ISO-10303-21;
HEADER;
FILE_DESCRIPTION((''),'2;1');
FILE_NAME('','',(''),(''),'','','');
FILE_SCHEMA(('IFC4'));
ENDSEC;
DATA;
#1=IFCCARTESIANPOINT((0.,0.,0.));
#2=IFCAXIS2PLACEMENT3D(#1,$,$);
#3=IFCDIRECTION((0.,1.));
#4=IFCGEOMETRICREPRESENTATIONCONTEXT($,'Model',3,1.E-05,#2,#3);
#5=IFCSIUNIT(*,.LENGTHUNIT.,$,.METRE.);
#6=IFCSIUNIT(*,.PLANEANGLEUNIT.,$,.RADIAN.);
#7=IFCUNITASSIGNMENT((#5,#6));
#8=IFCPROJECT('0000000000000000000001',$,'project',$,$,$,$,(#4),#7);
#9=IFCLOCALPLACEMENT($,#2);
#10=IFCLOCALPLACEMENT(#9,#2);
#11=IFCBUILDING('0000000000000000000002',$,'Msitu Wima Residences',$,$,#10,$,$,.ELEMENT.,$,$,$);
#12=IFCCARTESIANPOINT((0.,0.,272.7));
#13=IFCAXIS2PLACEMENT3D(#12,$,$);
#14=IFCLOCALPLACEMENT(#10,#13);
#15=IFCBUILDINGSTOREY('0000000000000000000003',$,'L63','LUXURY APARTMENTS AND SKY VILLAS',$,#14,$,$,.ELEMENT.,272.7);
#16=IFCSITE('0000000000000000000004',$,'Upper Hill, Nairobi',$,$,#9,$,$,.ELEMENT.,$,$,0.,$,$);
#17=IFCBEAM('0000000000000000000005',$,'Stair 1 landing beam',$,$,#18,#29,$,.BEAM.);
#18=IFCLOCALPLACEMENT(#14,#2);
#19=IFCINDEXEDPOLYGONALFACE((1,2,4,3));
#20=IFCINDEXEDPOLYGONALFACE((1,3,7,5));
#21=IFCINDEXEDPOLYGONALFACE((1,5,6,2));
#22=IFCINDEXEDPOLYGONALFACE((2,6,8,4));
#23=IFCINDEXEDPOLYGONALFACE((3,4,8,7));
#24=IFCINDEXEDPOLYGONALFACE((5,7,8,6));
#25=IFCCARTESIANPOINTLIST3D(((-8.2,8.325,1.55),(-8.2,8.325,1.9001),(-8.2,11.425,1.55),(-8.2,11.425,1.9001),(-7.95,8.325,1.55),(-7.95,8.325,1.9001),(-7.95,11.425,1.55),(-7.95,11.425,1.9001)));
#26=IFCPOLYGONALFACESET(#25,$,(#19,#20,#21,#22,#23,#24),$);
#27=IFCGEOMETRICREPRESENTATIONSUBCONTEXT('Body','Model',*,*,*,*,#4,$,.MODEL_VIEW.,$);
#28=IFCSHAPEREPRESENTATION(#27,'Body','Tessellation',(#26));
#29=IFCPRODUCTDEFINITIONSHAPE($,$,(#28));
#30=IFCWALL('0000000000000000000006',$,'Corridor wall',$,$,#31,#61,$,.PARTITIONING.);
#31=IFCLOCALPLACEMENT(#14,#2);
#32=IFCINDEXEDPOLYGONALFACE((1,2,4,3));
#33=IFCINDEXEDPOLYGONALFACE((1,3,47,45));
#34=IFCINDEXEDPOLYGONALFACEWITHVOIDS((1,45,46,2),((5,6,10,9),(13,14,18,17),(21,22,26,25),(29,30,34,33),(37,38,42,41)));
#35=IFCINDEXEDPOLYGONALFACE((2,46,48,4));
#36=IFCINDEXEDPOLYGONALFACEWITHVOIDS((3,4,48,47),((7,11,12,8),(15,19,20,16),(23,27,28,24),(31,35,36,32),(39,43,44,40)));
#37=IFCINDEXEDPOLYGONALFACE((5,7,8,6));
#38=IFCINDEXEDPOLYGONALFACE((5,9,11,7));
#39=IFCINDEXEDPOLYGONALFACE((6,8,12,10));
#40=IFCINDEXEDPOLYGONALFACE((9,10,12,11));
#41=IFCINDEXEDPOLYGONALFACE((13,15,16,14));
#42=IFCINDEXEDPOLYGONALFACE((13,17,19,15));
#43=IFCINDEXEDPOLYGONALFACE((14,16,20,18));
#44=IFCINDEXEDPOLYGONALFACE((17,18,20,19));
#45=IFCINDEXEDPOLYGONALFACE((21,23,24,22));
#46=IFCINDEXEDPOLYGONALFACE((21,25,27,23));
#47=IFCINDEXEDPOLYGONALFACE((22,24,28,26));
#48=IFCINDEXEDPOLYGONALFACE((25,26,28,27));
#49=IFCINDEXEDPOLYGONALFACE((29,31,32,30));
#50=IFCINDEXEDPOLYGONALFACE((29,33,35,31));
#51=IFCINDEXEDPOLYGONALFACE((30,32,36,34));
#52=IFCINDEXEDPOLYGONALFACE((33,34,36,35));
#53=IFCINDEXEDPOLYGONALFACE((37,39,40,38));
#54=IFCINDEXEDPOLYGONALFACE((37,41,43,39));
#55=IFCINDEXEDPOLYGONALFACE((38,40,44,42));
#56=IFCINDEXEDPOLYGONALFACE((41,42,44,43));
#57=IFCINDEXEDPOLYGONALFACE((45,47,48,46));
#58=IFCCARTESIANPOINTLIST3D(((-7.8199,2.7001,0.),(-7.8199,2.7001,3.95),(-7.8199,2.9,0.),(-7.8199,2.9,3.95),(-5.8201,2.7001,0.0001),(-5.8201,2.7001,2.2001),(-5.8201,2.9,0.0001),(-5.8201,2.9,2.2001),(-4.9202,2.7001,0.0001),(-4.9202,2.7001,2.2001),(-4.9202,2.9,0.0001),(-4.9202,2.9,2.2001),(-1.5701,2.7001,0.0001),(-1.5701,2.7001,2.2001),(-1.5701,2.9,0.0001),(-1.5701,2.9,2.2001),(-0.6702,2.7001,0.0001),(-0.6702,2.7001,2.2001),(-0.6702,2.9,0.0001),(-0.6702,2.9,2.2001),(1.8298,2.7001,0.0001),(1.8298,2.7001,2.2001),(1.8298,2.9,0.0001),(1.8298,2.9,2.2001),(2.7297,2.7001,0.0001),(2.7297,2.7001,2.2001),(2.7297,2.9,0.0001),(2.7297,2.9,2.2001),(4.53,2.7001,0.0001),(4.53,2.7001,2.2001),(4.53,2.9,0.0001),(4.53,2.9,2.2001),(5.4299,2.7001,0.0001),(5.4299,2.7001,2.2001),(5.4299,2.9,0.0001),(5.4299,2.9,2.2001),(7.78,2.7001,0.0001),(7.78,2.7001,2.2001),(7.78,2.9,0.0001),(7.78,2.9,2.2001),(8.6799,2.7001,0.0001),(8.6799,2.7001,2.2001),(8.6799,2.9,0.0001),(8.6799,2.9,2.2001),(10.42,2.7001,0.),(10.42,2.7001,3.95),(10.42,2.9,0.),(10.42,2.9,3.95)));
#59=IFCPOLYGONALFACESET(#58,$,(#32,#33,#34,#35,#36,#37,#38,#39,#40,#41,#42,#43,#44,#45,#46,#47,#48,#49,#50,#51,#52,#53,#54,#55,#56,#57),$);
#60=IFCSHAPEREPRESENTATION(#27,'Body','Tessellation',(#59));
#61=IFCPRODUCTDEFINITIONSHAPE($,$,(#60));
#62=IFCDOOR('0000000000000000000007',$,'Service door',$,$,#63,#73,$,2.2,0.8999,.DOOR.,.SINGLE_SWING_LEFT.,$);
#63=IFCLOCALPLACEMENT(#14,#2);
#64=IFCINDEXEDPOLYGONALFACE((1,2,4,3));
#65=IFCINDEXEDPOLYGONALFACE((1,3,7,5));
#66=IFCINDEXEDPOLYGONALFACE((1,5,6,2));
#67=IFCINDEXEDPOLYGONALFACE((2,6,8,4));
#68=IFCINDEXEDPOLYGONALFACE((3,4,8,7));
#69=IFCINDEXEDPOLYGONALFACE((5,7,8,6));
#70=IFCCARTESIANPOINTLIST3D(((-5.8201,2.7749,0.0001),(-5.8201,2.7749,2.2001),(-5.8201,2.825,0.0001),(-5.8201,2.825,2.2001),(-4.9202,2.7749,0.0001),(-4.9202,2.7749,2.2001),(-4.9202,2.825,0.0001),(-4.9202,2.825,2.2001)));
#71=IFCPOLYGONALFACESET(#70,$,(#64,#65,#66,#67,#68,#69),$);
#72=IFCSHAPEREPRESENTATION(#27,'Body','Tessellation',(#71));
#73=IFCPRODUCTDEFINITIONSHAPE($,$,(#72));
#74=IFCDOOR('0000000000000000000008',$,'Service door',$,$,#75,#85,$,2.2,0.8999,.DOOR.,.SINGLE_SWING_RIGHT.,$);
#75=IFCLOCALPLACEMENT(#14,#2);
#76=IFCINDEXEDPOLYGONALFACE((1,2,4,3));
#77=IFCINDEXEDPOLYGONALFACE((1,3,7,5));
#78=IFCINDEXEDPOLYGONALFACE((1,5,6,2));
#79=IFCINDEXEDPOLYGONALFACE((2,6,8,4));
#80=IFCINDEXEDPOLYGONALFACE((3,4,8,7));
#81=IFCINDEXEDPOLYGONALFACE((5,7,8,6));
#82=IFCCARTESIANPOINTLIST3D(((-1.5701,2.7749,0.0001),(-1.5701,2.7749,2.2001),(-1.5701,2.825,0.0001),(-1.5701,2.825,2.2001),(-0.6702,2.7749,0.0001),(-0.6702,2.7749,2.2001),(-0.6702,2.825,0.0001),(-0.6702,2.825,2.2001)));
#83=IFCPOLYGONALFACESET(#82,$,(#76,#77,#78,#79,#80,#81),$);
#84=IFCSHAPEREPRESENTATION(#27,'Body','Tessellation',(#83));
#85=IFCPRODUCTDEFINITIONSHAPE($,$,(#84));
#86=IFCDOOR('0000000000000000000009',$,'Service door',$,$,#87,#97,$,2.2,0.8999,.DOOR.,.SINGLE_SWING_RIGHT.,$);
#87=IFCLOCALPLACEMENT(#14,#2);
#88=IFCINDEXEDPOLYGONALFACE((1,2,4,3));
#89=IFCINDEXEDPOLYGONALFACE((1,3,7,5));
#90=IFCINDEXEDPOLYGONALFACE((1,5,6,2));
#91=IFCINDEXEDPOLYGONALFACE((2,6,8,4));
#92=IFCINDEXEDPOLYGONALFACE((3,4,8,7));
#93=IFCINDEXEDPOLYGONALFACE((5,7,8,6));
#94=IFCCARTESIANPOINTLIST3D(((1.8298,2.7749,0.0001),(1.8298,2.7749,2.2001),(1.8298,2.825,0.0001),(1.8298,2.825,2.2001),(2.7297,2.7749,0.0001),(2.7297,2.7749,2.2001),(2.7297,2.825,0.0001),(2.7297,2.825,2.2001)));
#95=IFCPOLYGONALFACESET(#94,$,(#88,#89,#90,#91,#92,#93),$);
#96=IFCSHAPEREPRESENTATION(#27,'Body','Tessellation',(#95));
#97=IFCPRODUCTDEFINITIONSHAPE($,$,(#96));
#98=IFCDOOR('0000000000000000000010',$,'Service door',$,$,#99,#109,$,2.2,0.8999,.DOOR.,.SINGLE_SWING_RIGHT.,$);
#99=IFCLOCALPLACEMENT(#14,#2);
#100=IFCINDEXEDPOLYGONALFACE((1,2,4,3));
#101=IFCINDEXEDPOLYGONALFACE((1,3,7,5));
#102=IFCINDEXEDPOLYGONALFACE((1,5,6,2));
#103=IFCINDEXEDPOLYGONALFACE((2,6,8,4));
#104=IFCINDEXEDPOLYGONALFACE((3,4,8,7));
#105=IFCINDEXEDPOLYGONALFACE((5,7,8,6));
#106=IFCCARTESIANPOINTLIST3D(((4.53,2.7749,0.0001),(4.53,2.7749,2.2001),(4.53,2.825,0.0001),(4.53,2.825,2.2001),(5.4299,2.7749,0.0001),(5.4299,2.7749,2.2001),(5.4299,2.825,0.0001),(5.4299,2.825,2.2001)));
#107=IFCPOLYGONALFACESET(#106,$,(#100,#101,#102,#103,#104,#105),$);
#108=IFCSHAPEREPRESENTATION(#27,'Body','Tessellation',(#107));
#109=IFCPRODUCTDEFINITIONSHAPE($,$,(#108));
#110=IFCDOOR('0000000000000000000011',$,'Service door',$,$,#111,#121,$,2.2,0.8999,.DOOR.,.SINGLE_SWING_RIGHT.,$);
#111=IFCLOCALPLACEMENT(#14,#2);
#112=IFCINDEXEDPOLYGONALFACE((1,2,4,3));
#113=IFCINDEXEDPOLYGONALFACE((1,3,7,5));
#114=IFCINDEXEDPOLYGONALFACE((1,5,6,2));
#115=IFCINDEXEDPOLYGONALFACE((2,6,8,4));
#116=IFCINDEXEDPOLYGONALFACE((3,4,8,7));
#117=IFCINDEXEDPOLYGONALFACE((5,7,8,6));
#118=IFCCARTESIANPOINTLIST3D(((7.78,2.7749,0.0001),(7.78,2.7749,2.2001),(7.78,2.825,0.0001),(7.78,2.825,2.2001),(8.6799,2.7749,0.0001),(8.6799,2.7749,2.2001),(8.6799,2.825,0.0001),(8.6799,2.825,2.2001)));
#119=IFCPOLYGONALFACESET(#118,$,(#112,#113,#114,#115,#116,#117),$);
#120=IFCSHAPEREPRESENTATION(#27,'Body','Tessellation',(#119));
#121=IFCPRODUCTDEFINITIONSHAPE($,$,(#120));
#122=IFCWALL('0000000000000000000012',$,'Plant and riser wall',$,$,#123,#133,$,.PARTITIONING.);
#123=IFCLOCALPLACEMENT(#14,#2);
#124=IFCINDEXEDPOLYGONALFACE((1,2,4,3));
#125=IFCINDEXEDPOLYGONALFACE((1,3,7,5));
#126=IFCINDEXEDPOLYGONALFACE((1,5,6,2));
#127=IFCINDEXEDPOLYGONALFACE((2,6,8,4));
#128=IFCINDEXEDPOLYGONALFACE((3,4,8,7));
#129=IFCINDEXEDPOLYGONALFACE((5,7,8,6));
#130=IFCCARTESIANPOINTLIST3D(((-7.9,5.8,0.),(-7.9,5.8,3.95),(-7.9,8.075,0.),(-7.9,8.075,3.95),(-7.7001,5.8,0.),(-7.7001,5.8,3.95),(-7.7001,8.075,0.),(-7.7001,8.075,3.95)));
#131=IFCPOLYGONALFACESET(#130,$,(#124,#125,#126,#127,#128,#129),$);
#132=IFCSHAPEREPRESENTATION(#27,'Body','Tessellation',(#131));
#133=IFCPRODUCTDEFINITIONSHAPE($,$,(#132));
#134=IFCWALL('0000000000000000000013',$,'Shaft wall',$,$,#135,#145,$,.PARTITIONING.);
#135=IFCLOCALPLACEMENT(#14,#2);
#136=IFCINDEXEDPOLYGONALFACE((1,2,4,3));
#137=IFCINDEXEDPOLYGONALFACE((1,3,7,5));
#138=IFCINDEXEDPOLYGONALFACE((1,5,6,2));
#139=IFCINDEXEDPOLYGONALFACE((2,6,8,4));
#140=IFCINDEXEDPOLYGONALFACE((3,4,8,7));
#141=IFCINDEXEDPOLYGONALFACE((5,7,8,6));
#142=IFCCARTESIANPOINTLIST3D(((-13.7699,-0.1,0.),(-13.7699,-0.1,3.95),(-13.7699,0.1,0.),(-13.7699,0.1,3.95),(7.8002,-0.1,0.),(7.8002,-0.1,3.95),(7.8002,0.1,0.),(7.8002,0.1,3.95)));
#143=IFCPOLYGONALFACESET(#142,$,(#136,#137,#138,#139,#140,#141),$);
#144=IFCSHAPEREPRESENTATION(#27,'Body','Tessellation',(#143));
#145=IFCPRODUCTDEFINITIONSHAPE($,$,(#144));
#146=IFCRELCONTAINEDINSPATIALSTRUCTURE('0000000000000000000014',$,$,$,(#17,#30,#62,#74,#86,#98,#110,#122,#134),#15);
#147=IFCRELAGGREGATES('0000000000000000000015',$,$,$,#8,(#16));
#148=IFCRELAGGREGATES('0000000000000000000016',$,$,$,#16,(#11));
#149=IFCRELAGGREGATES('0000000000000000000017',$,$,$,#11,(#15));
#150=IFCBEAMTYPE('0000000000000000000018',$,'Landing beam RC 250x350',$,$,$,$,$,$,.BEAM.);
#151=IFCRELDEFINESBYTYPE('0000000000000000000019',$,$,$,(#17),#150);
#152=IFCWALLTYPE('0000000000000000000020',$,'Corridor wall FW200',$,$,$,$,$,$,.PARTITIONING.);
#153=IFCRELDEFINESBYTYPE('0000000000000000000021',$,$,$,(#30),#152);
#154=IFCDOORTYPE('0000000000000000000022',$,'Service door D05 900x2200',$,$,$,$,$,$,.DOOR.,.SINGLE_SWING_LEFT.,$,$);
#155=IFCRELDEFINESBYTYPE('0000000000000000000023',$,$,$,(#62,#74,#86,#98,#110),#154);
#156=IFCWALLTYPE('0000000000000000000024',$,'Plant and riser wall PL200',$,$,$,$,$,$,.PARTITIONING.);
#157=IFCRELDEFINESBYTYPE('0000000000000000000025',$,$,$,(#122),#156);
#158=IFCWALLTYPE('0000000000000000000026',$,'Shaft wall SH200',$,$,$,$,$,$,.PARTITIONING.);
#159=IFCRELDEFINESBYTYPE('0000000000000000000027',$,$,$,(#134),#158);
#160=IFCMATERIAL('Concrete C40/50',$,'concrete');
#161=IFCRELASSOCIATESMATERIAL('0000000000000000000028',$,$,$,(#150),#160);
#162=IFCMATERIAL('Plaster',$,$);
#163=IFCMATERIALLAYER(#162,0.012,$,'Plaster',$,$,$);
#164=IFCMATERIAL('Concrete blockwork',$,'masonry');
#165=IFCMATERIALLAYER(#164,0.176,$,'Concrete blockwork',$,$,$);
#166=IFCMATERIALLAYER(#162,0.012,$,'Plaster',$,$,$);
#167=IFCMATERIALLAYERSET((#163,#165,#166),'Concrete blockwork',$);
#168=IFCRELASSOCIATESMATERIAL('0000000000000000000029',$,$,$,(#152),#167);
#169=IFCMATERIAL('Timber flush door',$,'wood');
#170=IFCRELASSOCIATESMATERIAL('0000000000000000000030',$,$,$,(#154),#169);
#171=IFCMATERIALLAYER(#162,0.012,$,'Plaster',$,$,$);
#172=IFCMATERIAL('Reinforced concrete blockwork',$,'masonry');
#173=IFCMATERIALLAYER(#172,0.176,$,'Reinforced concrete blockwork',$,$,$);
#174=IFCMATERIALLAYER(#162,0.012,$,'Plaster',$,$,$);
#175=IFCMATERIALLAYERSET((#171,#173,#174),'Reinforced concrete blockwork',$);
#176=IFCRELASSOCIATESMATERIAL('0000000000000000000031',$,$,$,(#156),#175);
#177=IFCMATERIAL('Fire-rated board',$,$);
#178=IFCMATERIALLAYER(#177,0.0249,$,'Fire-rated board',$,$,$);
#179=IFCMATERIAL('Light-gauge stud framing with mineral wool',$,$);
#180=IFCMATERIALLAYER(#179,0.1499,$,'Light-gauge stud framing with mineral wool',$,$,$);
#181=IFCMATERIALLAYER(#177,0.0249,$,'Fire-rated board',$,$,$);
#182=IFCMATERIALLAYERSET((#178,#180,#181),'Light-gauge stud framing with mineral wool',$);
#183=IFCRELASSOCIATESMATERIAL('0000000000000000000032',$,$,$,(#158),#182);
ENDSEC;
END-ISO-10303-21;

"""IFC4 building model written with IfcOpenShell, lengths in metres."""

from ifc_helpers import new_model, si_unit, direction, frame, frame_2d, origin, origin_2d, place, context, subcontext, project, spatial, rectangle, extrude, material, layer, layer_set, material_profile, profile_set, type_object, element, fill, save


model = new_model("IFC4")

# Units and contexts
model_context = context("Model", 3, precision=1e-05, world=origin(), true_north=direction((0.0, 1.0)))
body_context = subcontext(model_context, "Body", "Model", "MODEL_VIEW")
ifc_project = project(units=[si_unit("LENGTHUNIT", "METRE"), si_unit("PLANEANGLEUNIT", "RADIAN")], contexts=[model_context])

# Site, building, storey
site_placement = place(None, origin())
site = spatial("IfcSite", under=ifc_project, at=site_placement, Name="Upper Hill, Nairobi", CompositionType="ELEMENT", RefElevation=0.0)
building_placement = place(site_placement, origin())
building = spatial("IfcBuilding", under=site, at=building_placement, Name="Msitu Wima Residences", CompositionType="ELEMENT")
storey_placement = place(building_placement, frame((0.0, 0.0, 272.7)))
storey = spatial("IfcBuildingStorey", under=building, at=storey_placement, Name="L63", Description="LUXURY APARTMENTS AND SKY VILLAS", CompositionType="ELEMENT", Elevation=272.7)

# Beam
ifc_material_1 = material(Name="Concrete C40/50", Category="concrete")
ifc_material_profile = material_profile(ifc_material_1, rectangle(XDim=0.25, YDim=0.3501, at=origin_2d()), Name="RC 250x350")
ifc_profile_set = profile_set([ifc_material_profile], Name="Concrete C40/50")
beam_type = type_object("IfcBeamType", Name="Landing beam RC 250x350", PredefinedType="BEAM", material=ifc_profile_set)
beam_placement = place(storey_placement, frame((-8.075, 8.325, 1.7251), z_axis=(0.0, 1.0, 0.0), x_axis=(-1.0, 0.0, 0.0)))
element("IfcBeam", 1, at=beam_placement, inside=storey, type_object=beam_type, Name="Stair 1 landing beam", PredefinedType="BEAM", context=body_context, shape_type="SweptSolid", body=[
    extrude(rectangle(XDim=0.25, YDim=0.3501, at=origin_2d()), origin(), (0.0, 0.0, 1.0), 3.1001),
])

# Wall, openings, doors
ifc_material_2 = material(Name="Plaster")
ifc_layer_1 = layer(ifc_material_2, 0.012, Name="Plaster")
ifc_material_3 = material(Name="Concrete blockwork", Category="masonry")
ifc_layer_2 = layer(ifc_material_3, 0.176, Name="Concrete blockwork")
ifc_layer_3 = layer(ifc_material_2, 0.012, Name="Plaster")
ifc_layer_set_1 = layer_set([ifc_layer_1, ifc_layer_2, ifc_layer_3], Name="Concrete blockwork")
wall_type_1 = type_object("IfcWallType", Name="Corridor wall FW200", PredefinedType="PARTITIONING", material=ifc_layer_set_1)
wall_1_placement = place(storey_placement, frame((-7.8201, 2.8, 0.0), z_axis=(0.0, 0.0, 1.0), x_axis=(1.0, 0.0, 0.0)))
wall_1 = element("IfcWall", 2, at=wall_1_placement, inside=storey, type_object=wall_type_1, Name="Corridor wall", PredefinedType="PARTITIONING", context=body_context, shape_type="SweptSolid", body=[
    extrude(rectangle(XDim=18.24, YDim=0.2, at=frame_2d((9.1201, 0.0))), origin(), (0.0, 0.0, 1.0), 3.95),
])
opening_1_placement = place(wall_1_placement, frame((2.0, 0.0, 0.0)))
opening_1 = element("IfcOpeningElement", 3, at=opening_1_placement, cuts=wall_1, PredefinedType="OPENING", context=body_context, shape_type="SweptSolid", body=[
    extrude(rectangle(XDim=0.8999, YDim=2.2, at=frame_2d((0.45, 1.1001))), frame((0.0, 0.1099, 0.0), z_axis=(0.0, -1.0, 0.0), x_axis=(1.0, 0.0, 0.0)), (0.0, 0.0, 1.0), 0.22),
])
opening_2_placement = place(wall_1_placement, frame((6.25, 0.0, 0.0)))
opening_2 = element("IfcOpeningElement", 4, at=opening_2_placement, cuts=wall_1, PredefinedType="OPENING", context=body_context, shape_type="SweptSolid", body=[
    extrude(rectangle(XDim=0.8999, YDim=2.2, at=frame_2d((0.45, 1.1001))), frame((0.0, 0.1099, 0.0), z_axis=(0.0, -1.0, 0.0), x_axis=(1.0, 0.0, 0.0)), (0.0, 0.0, 1.0), 0.22),
])
opening_3_placement = place(wall_1_placement, frame((9.6499, 0.0, 0.0)))
opening_3 = element("IfcOpeningElement", 5, at=opening_3_placement, cuts=wall_1, PredefinedType="OPENING", context=body_context, shape_type="SweptSolid", body=[
    extrude(rectangle(XDim=0.8999, YDim=2.2, at=frame_2d((0.45, 1.1001))), frame((0.0, 0.1099, 0.0), z_axis=(0.0, -1.0, 0.0), x_axis=(1.0, 0.0, 0.0)), (0.0, 0.0, 1.0), 0.22),
])
opening_4_placement = place(wall_1_placement, frame((12.3501, 0.0, 0.0)))
opening_4 = element("IfcOpeningElement", 6, at=opening_4_placement, cuts=wall_1, PredefinedType="OPENING", context=body_context, shape_type="SweptSolid", body=[
    extrude(rectangle(XDim=0.8999, YDim=2.2, at=frame_2d((0.45, 1.1001))), frame((0.0, 0.1099, 0.0), z_axis=(0.0, -1.0, 0.0), x_axis=(1.0, 0.0, 0.0)), (0.0, 0.0, 1.0), 0.22),
])
opening_5_placement = place(wall_1_placement, frame((15.6001, 0.0, 0.0)))
opening_5 = element("IfcOpeningElement", 7, at=opening_5_placement, cuts=wall_1, PredefinedType="OPENING", context=body_context, shape_type="SweptSolid", body=[
    extrude(rectangle(XDim=0.8999, YDim=2.2, at=frame_2d((0.45, 1.1001))), frame((0.0, 0.1099, 0.0), z_axis=(0.0, -1.0, 0.0), x_axis=(1.0, 0.0, 0.0)), (0.0, 0.0, 1.0), 0.22),
])
ifc_material_4 = material(Name="Timber flush door", Category="wood")
door_type_1 = type_object("IfcDoorType", Name="Service door D05 900x2200", OperationType="SINGLE_SWING_LEFT", PredefinedType="DOOR", material=ifc_material_4)
door_1_placement = place(opening_1_placement, origin())
door_1 = element("IfcDoor", 8, at=door_1_placement, inside=storey, type_object=door_type_1, Name="Service door", OperationType="SINGLE_SWING_LEFT", OverallHeight=2.2, OverallWidth=0.8999, PredefinedType="DOOR", context=body_context, shape_type="SweptSolid", body=[
    extrude(rectangle(XDim=0.8999, YDim=2.2, at=frame_2d((0.45, 1.1001))), frame((0.0, 0.0249, 0.0), z_axis=(0.0, -1.0, 0.0), x_axis=(1.0, 0.0, 0.0)), (0.0, 0.0, 1.0), 0.05),
])
fill(opening_1, door_1)
door_2_placement = place(opening_2_placement, origin())
door_2 = element("IfcDoor", 9, at=door_2_placement, inside=storey, type_object=door_type_1, Name="Service door", OperationType="SINGLE_SWING_RIGHT", OverallHeight=2.2, OverallWidth=0.8999, PredefinedType="DOOR", context=body_context, shape_type="SweptSolid", body=[
    extrude(rectangle(XDim=0.8999, YDim=2.2, at=frame_2d((0.45, 1.1001))), frame((0.0, 0.0249, 0.0), z_axis=(0.0, -1.0, 0.0), x_axis=(1.0, 0.0, 0.0)), (0.0, 0.0, 1.0), 0.05),
])
fill(opening_2, door_2)
door_3_placement = place(opening_3_placement, origin())
door_3 = element("IfcDoor", 10, at=door_3_placement, inside=storey, type_object=door_type_1, Name="Service door", OperationType="SINGLE_SWING_RIGHT", OverallHeight=2.2, OverallWidth=0.8999, PredefinedType="DOOR", context=body_context, shape_type="SweptSolid", body=[
    extrude(rectangle(XDim=0.8999, YDim=2.2, at=frame_2d((0.45, 1.1001))), frame((0.0, 0.0249, 0.0), z_axis=(0.0, -1.0, 0.0), x_axis=(1.0, 0.0, 0.0)), (0.0, 0.0, 1.0), 0.05),
])
fill(opening_3, door_3)
door_4_placement = place(opening_4_placement, origin())
door_4 = element("IfcDoor", 11, at=door_4_placement, inside=storey, type_object=door_type_1, Name="Service door", OperationType="SINGLE_SWING_RIGHT", OverallHeight=2.2, OverallWidth=0.8999, PredefinedType="DOOR", context=body_context, shape_type="SweptSolid", body=[
    extrude(rectangle(XDim=0.8999, YDim=2.2, at=frame_2d((0.45, 1.1001))), frame((0.0, 0.0249, 0.0), z_axis=(0.0, -1.0, 0.0), x_axis=(1.0, 0.0, 0.0)), (0.0, 0.0, 1.0), 0.05),
])
fill(opening_4, door_4)
door_5_placement = place(opening_5_placement, origin())
door_5 = element("IfcDoor", 12, at=door_5_placement, inside=storey, type_object=door_type_1, Name="Service door", OperationType="SINGLE_SWING_RIGHT", OverallHeight=2.2, OverallWidth=0.8999, PredefinedType="DOOR", context=body_context, shape_type="SweptSolid", body=[
    extrude(rectangle(XDim=0.8999, YDim=2.2, at=frame_2d((0.45, 1.1001))), frame((0.0, 0.0249, 0.0), z_axis=(0.0, -1.0, 0.0), x_axis=(1.0, 0.0, 0.0)), (0.0, 0.0, 1.0), 0.05),
])
fill(opening_5, door_5)

# Walls
ifc_layer_4 = layer(ifc_material_2, 0.012, Name="Plaster")
ifc_material_5 = material(Name="Reinforced concrete blockwork", Category="masonry")
ifc_layer_5 = layer(ifc_material_5, 0.176, Name="Reinforced concrete blockwork")
ifc_layer_6 = layer(ifc_material_2, 0.012, Name="Plaster")
ifc_layer_set_2 = layer_set([ifc_layer_4, ifc_layer_5, ifc_layer_6], Name="Reinforced concrete blockwork")
wall_type_2 = type_object("IfcWallType", Name="Plant and riser wall PL200", PredefinedType="PARTITIONING", material=ifc_layer_set_2)
wall_2_placement = place(storey_placement, frame((-7.8, 5.8, 0.0), z_axis=(0.0, 0.0, 1.0), x_axis=(0.0, 1.0, 0.0)))
element("IfcWall", 13, at=wall_2_placement, inside=storey, type_object=wall_type_2, Name="Plant and riser wall", PredefinedType="PARTITIONING", context=body_context, shape_type="SweptSolid", body=[
    extrude(rectangle(XDim=2.2749, YDim=0.2, at=frame_2d((1.1375, 0.0))), origin(), (0.0, 0.0, 1.0), 3.95),
])
ifc_material_6 = material(Name="Fire-rated board")
ifc_layer_7 = layer(ifc_material_6, 0.0249, Name="Fire-rated board")
ifc_material_7 = material(Name="Light-gauge stud framing with mineral wool")
ifc_layer_8 = layer(ifc_material_7, 0.1499, Name="Light-gauge stud framing with mineral wool")
ifc_layer_9 = layer(ifc_material_6, 0.0249, Name="Fire-rated board")
ifc_layer_set_3 = layer_set([ifc_layer_7, ifc_layer_8, ifc_layer_9], Name="Light-gauge stud framing with mineral wool")
wall_type_3 = type_object("IfcWallType", Name="Shaft wall SH200", PredefinedType="PARTITIONING", material=ifc_layer_set_3)
wall_3_placement = place(storey_placement, frame((-13.77, 0.0, 0.0), z_axis=(0.0, 0.0, 1.0), x_axis=(1.0, 0.0, 0.0)))
element("IfcWall", 14, at=wall_3_placement, inside=storey, type_object=wall_type_3, Name="Shaft wall", PredefinedType="PARTITIONING", context=body_context, shape_type="SweptSolid", body=[
    extrude(rectangle(XDim=21.5701, YDim=0.2, at=frame_2d((10.7852, 0.0))), origin(), (0.0, 0.0, 1.0), 3.95),
])

save(model, "model.ifc")
